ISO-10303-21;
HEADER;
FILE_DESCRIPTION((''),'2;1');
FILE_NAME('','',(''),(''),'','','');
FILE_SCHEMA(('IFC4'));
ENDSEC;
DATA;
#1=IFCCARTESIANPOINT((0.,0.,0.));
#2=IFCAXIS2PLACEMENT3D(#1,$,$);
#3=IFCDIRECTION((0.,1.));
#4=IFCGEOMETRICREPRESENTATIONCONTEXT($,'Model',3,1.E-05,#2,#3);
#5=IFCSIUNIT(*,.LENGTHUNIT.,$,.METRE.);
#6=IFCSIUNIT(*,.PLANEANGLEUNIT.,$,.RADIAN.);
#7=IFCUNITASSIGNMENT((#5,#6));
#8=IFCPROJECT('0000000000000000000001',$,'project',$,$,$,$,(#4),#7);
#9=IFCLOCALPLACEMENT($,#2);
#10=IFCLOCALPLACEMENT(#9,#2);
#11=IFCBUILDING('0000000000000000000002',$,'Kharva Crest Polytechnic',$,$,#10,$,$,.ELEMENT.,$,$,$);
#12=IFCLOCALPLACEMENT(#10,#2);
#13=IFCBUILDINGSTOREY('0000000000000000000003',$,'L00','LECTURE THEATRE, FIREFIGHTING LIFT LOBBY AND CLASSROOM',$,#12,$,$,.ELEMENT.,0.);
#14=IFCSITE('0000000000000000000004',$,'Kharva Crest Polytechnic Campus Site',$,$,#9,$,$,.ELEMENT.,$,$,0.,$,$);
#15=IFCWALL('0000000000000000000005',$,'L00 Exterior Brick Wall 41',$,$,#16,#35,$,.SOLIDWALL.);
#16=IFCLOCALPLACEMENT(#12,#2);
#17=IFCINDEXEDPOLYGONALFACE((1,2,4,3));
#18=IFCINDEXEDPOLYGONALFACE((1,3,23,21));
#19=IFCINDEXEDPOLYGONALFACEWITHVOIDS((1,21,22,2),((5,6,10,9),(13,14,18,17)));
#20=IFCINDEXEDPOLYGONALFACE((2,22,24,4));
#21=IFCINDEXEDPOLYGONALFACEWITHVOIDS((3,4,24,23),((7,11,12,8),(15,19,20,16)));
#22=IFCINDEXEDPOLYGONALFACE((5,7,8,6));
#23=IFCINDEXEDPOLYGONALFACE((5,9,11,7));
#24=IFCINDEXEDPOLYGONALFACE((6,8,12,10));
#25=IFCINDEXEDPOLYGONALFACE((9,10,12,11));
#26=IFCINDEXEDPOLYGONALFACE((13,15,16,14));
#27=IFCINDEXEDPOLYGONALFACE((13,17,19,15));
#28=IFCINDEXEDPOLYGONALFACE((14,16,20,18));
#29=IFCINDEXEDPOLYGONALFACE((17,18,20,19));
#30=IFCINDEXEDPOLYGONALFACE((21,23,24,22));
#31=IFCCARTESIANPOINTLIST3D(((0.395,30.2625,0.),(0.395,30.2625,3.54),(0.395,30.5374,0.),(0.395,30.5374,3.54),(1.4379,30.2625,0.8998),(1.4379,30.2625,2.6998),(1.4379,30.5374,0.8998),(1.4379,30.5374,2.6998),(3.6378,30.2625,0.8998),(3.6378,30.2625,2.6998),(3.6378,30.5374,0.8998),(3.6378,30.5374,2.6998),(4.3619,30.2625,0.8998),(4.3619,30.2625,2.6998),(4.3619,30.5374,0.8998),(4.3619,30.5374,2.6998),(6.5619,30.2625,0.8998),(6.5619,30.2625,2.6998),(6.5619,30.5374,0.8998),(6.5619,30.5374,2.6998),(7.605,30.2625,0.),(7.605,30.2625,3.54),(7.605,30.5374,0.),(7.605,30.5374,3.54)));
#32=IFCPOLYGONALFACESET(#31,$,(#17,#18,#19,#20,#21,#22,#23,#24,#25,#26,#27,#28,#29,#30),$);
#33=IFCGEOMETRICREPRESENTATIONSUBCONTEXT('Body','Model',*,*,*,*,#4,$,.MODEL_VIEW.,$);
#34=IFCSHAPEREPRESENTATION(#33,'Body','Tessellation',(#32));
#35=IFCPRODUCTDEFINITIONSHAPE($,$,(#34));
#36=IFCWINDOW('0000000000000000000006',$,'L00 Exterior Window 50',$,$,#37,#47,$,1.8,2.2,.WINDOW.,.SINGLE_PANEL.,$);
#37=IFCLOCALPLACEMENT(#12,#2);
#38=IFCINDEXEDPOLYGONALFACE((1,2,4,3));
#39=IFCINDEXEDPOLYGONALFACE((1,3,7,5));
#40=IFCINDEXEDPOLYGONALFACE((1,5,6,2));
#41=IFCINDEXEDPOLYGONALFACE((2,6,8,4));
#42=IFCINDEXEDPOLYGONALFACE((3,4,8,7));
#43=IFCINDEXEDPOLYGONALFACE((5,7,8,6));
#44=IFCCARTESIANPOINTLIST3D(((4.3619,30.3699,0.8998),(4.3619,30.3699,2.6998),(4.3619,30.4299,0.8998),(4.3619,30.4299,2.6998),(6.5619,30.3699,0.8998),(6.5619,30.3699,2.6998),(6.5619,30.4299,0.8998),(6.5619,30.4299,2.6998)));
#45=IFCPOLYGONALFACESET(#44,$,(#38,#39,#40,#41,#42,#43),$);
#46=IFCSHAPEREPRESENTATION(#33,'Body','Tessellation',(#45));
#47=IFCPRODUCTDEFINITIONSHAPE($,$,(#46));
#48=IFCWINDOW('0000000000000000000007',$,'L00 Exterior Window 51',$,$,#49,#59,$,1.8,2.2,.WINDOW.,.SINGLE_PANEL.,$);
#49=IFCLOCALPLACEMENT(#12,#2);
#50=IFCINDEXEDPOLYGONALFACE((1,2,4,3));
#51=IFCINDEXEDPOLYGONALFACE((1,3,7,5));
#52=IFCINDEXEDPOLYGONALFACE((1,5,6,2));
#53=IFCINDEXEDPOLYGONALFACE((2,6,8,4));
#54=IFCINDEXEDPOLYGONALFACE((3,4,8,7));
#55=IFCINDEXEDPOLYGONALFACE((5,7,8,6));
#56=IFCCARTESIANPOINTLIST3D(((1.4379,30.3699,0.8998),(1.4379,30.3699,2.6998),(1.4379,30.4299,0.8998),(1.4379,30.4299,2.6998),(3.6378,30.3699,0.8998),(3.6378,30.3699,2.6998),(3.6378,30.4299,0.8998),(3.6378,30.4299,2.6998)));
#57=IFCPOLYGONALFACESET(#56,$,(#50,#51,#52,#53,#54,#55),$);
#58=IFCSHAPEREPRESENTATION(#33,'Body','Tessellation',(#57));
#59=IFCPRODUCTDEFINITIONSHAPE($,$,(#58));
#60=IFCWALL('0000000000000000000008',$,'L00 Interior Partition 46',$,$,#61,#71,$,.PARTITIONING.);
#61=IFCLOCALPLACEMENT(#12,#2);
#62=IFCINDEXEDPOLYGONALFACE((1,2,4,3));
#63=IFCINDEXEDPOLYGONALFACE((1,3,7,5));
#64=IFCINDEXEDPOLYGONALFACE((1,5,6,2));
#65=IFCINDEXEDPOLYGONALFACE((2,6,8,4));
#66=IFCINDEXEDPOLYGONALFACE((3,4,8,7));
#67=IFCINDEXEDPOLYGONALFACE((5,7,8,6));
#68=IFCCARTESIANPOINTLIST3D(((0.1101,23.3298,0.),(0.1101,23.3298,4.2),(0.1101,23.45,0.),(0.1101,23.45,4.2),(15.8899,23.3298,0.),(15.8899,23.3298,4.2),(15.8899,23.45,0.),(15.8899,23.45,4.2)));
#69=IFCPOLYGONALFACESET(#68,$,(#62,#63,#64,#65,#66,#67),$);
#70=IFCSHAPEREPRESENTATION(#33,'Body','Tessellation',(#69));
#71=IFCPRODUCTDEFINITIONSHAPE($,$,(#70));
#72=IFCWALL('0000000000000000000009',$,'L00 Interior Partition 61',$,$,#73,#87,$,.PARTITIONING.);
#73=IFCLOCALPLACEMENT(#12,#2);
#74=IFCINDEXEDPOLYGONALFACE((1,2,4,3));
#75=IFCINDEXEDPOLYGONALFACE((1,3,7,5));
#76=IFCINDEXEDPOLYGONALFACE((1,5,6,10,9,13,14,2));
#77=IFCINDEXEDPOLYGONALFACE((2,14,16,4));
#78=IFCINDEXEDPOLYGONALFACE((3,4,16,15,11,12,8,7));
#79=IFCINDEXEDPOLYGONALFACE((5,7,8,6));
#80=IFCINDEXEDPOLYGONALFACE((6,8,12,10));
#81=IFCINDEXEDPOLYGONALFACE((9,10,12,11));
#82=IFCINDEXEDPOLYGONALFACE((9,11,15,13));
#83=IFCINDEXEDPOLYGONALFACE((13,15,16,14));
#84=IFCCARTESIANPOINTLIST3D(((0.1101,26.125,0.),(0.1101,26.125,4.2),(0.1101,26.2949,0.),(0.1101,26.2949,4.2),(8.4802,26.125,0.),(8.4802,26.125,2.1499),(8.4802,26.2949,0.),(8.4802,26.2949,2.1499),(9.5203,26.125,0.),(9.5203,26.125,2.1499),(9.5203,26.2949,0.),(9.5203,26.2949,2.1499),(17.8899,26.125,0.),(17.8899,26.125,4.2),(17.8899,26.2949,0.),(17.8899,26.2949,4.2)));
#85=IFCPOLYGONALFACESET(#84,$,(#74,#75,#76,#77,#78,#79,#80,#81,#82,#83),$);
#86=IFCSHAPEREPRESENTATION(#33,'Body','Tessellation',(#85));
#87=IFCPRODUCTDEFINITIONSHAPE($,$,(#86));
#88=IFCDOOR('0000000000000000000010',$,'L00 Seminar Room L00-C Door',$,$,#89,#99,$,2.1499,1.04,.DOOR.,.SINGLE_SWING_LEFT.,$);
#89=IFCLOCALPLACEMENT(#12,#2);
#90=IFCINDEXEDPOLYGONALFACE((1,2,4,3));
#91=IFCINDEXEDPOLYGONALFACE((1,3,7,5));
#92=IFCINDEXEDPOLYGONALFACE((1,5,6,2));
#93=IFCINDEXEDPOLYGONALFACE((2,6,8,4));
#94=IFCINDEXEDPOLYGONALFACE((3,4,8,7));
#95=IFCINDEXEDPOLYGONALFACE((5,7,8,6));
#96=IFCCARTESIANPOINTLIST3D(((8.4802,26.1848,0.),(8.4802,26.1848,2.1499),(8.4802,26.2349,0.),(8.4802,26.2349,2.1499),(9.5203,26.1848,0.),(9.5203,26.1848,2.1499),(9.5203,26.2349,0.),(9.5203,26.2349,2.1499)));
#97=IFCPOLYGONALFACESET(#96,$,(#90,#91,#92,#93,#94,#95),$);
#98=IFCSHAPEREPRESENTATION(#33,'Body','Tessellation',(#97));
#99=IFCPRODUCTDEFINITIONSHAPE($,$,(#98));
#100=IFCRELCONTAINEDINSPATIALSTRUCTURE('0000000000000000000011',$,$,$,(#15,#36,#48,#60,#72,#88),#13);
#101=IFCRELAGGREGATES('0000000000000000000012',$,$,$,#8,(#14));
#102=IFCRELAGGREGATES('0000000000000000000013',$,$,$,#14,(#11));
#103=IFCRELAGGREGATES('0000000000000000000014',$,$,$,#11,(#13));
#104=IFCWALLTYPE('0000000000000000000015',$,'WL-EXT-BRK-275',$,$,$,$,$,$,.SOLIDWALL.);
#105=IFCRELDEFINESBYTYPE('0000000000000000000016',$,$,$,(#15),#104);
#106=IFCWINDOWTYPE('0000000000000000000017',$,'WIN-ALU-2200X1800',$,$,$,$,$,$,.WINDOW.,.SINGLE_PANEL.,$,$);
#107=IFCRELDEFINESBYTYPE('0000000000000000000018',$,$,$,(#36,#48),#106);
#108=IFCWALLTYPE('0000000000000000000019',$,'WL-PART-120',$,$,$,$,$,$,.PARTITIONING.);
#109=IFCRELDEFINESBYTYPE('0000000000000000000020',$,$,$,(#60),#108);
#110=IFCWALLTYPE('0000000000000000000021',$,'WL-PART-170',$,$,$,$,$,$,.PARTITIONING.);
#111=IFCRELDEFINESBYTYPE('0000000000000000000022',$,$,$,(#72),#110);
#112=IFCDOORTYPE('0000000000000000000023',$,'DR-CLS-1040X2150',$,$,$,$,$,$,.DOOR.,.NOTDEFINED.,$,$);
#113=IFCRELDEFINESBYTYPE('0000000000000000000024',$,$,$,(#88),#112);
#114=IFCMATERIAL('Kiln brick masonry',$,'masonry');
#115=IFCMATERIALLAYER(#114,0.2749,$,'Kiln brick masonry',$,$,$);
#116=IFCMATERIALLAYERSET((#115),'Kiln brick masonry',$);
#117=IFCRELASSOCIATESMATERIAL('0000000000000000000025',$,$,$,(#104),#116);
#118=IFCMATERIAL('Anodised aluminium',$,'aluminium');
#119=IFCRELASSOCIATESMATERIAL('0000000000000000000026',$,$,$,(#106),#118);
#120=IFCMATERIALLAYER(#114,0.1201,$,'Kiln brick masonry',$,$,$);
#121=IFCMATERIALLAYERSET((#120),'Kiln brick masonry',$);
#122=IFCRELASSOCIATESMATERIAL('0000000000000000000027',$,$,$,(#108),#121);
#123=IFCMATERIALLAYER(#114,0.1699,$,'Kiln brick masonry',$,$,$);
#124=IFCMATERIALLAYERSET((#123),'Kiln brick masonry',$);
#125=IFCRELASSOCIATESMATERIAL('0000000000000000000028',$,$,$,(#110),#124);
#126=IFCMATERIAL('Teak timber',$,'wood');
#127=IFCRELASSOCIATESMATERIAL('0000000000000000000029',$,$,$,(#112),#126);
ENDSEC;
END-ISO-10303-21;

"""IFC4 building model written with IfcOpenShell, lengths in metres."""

from ifc_helpers import new_model, si_unit, direction, frame, frame_2d, origin, place, context, subcontext, project, spatial, rectangle, extrude, material, layer, layer_set, type_object, element, fill, save


model = new_model("IFC4")

# Units and contexts
model_context = context("Model", 3, precision=1e-05, world=origin(), true_north=direction((0.0, 1.0)))
body_context = subcontext(model_context, "Body", "Model", "MODEL_VIEW")
ifc_project = project(units=[si_unit("LENGTHUNIT", "METRE"), si_unit("PLANEANGLEUNIT", "RADIAN")], contexts=[model_context])

# Site, building, storey
site_placement = place(None, origin())
site = spatial("IfcSite", under=ifc_project, at=site_placement, Name="Kharva Crest Polytechnic Campus Site", CompositionType="ELEMENT", RefElevation=0.0)
building_placement = place(site_placement, origin())
building = spatial("IfcBuilding", under=site, at=building_placement, Name="Kharva Crest Polytechnic", CompositionType="ELEMENT")
storey_placement = place(building_placement, origin())
storey = spatial("IfcBuildingStorey", under=building, at=storey_placement, Name="L00", Description="LECTURE THEATRE, FIREFIGHTING LIFT LOBBY AND CLASSROOM", CompositionType="ELEMENT", Elevation=0.0)

# Wall, openings, windows
ifc_material_1 = material(Name="Kiln brick masonry", Category="masonry")
ifc_material_2 = material(Name="Anodised aluminium", Category="aluminium")
ifc_layer_1 = layer(ifc_material_1, 0.2749, Name="Kiln brick masonry")
ifc_layer_set_1 = layer_set([ifc_layer_1], Name="Kiln brick masonry")
wall_type_1 = type_object("IfcWallType", Name="WL-EXT-BRK-275", PredefinedType="SOLIDWALL", material=ifc_layer_set_1)
wall_1_placement = place(storey_placement, frame((7.605, 30.3999, 0.0), z_axis=(0.0, 0.0, 1.0), x_axis=(-1.0, 0.0, 0.0)))
wall_1 = element("IfcWall", 1, at=wall_1_placement, inside=storey, type_object=wall_type_1, Name="L00 Exterior Brick Wall 41", PredefinedType="SOLIDWALL", context=body_context, shape_type="SweptSolid", body=[
    extrude(rectangle(XDim=7.21, YDim=0.2749, at=frame_2d((3.605, 0.0))), origin(), (0.0, 0.0, 1.0), 3.54),
])
opening_1_placement = place(wall_1_placement, frame((1.043, 0.0, 0.8999)))
opening_1 = element("IfcOpeningElement", 2, at=opening_1_placement, cuts=wall_1, PredefinedType="OPENING", context=body_context, shape_type="SweptSolid", body=[
    extrude(rectangle(XDim=2.2, YDim=1.8, at=frame_2d((1.1001, 0.8999))), frame((0.0, 0.1475, 0.0), z_axis=(0.0, -1.0, 0.0), x_axis=(1.0, 0.0, 0.0)), (0.0, 0.0, 1.0), 0.2949),
])
opening_2_placement = place(wall_1_placement, frame((3.967, 0.0, 0.8999)))
opening_2 = element("IfcOpeningElement", 3, at=opening_2_placement, cuts=wall_1, PredefinedType="OPENING", context=body_context, shape_type="SweptSolid", body=[
    extrude(rectangle(XDim=2.2, YDim=1.8, at=frame_2d((1.1001, 0.8999))), frame((0.0, 0.1475, 0.0), z_axis=(0.0, -1.0, 0.0), x_axis=(1.0, 0.0, 0.0)), (0.0, 0.0, 1.0), 0.2949),
])
window_type_1 = type_object("IfcWindowType", Name="WIN-ALU-2200X1800", PartitioningType="SINGLE_PANEL", PredefinedType="WINDOW", material=ifc_material_2)
window_1_placement = place(opening_1_placement, origin())
window_1 = element("IfcWindow", 4, at=window_1_placement, inside=storey, type_object=window_type_1, Name="L00 Exterior Window 50", OverallHeight=1.8, OverallWidth=2.2, PartitioningType="SINGLE_PANEL", PredefinedType="WINDOW", context=body_context, shape_type="SweptSolid", body=[
    extrude(rectangle(XDim=2.2, YDim=1.8, at=frame_2d((1.1001, 0.8999))), frame((0.0, 0.03, 0.0), z_axis=(0.0, -1.0, 0.0), x_axis=(1.0, 0.0, 0.0)), (0.0, 0.0, 1.0), 0.0601),
])
fill(opening_1, window_1)
window_2_placement = place(opening_2_placement, origin())
window_2 = element("IfcWindow", 5, at=window_2_placement, inside=storey, type_object=window_type_1, Name="L00 Exterior Window 51", OverallHeight=1.8, OverallWidth=2.2, PartitioningType="SINGLE_PANEL", PredefinedType="WINDOW", context=body_context, shape_type="SweptSolid", body=[
    extrude(rectangle(XDim=2.2, YDim=1.8, at=frame_2d((1.1001, 0.8999))), frame((0.0, 0.03, 0.0), z_axis=(0.0, -1.0, 0.0), x_axis=(1.0, 0.0, 0.0)), (0.0, 0.0, 1.0), 0.0601),
])
fill(opening_2, window_2)

# Wall
ifc_layer_2 = layer(ifc_material_1, 0.1201, Name="Kiln brick masonry")
ifc_layer_set_2 = layer_set([ifc_layer_2], Name="Kiln brick masonry")
wall_type_2 = type_object("IfcWallType", Name="WL-PART-120", PredefinedType="PARTITIONING", material=ifc_layer_set_2)
wall_2_placement = place(storey_placement, frame((0.1101, 23.3899, 0.0), z_axis=(0.0, 0.0, 1.0), x_axis=(1.0, 0.0, 0.0)))
element("IfcWall", 6, at=wall_2_placement, inside=storey, type_object=wall_type_2, Name="L00 Interior Partition 46", PredefinedType="PARTITIONING", context=body_context, shape_type="SweptSolid", body=[
    extrude(rectangle(XDim=15.7798, YDim=0.1201, at=frame_2d((7.8899, 0.0))), origin(), (0.0, 0.0, 1.0), 4.2),
])

# Wall, opening, door
ifc_layer_3 = layer(ifc_material_1, 0.1699, Name="Kiln brick masonry")
ifc_layer_set_3 = layer_set([ifc_layer_3], Name="Kiln brick masonry")
wall_type_3 = type_object("IfcWallType", Name="WL-PART-170", PredefinedType="PARTITIONING", material=ifc_layer_set_3)
wall_3_placement = place(storey_placement, frame((0.1101, 26.21, 0.0), z_axis=(0.0, 0.0, 1.0), x_axis=(1.0, 0.0, 0.0)))
wall_3 = element("IfcWall", 7, at=wall_3_placement, inside=storey, type_object=wall_type_3, Name="L00 Interior Partition 61", PredefinedType="PARTITIONING", context=body_context, shape_type="SweptSolid", body=[
    extrude(rectangle(XDim=17.7798, YDim=0.1699, at=frame_2d((8.8899, 0.0))), origin(), (0.0, 0.0, 1.0), 4.2),
])
opening_3_placement = place(wall_3_placement, frame((8.3701, 0.0, 0.0)))
opening_3 = element("IfcOpeningElement", 8, at=opening_3_placement, cuts=wall_3, PredefinedType="OPENING", context=body_context, shape_type="SweptSolid", body=[
    extrude(rectangle(XDim=1.04, YDim=2.1499, at=frame_2d((0.52, 1.075))), frame((0.0, 0.095, 0.0), z_axis=(0.0, -1.0, 0.0), x_axis=(1.0, 0.0, 0.0)), (0.0, 0.0, 1.0), 0.1899),
])
ifc_material_3 = material(Name="Teak timber", Category="wood")
door_type = type_object("IfcDoorType", Name="DR-CLS-1040X2150", OperationType="NOTDEFINED", PredefinedType="DOOR", material=ifc_material_3)
door_placement = place(opening_3_placement, origin())
door = element("IfcDoor", 9, at=door_placement, inside=storey, type_object=door_type, Name="L00 Seminar Room L00-C Door", OperationType="SINGLE_SWING_LEFT", OverallHeight=2.1499, OverallWidth=1.04, PredefinedType="DOOR", context=body_context, shape_type="SweptSolid", body=[
    extrude(rectangle(XDim=1.04, YDim=2.1499, at=frame_2d((0.52, 1.075))), frame((0.0, 0.0249, 0.0), z_axis=(0.0, -1.0, 0.0), x_axis=(1.0, 0.0, 0.0)), (0.0, 0.0, 1.0), 0.05),
])
fill(opening_3, door)

save(model, "model.ifc")
